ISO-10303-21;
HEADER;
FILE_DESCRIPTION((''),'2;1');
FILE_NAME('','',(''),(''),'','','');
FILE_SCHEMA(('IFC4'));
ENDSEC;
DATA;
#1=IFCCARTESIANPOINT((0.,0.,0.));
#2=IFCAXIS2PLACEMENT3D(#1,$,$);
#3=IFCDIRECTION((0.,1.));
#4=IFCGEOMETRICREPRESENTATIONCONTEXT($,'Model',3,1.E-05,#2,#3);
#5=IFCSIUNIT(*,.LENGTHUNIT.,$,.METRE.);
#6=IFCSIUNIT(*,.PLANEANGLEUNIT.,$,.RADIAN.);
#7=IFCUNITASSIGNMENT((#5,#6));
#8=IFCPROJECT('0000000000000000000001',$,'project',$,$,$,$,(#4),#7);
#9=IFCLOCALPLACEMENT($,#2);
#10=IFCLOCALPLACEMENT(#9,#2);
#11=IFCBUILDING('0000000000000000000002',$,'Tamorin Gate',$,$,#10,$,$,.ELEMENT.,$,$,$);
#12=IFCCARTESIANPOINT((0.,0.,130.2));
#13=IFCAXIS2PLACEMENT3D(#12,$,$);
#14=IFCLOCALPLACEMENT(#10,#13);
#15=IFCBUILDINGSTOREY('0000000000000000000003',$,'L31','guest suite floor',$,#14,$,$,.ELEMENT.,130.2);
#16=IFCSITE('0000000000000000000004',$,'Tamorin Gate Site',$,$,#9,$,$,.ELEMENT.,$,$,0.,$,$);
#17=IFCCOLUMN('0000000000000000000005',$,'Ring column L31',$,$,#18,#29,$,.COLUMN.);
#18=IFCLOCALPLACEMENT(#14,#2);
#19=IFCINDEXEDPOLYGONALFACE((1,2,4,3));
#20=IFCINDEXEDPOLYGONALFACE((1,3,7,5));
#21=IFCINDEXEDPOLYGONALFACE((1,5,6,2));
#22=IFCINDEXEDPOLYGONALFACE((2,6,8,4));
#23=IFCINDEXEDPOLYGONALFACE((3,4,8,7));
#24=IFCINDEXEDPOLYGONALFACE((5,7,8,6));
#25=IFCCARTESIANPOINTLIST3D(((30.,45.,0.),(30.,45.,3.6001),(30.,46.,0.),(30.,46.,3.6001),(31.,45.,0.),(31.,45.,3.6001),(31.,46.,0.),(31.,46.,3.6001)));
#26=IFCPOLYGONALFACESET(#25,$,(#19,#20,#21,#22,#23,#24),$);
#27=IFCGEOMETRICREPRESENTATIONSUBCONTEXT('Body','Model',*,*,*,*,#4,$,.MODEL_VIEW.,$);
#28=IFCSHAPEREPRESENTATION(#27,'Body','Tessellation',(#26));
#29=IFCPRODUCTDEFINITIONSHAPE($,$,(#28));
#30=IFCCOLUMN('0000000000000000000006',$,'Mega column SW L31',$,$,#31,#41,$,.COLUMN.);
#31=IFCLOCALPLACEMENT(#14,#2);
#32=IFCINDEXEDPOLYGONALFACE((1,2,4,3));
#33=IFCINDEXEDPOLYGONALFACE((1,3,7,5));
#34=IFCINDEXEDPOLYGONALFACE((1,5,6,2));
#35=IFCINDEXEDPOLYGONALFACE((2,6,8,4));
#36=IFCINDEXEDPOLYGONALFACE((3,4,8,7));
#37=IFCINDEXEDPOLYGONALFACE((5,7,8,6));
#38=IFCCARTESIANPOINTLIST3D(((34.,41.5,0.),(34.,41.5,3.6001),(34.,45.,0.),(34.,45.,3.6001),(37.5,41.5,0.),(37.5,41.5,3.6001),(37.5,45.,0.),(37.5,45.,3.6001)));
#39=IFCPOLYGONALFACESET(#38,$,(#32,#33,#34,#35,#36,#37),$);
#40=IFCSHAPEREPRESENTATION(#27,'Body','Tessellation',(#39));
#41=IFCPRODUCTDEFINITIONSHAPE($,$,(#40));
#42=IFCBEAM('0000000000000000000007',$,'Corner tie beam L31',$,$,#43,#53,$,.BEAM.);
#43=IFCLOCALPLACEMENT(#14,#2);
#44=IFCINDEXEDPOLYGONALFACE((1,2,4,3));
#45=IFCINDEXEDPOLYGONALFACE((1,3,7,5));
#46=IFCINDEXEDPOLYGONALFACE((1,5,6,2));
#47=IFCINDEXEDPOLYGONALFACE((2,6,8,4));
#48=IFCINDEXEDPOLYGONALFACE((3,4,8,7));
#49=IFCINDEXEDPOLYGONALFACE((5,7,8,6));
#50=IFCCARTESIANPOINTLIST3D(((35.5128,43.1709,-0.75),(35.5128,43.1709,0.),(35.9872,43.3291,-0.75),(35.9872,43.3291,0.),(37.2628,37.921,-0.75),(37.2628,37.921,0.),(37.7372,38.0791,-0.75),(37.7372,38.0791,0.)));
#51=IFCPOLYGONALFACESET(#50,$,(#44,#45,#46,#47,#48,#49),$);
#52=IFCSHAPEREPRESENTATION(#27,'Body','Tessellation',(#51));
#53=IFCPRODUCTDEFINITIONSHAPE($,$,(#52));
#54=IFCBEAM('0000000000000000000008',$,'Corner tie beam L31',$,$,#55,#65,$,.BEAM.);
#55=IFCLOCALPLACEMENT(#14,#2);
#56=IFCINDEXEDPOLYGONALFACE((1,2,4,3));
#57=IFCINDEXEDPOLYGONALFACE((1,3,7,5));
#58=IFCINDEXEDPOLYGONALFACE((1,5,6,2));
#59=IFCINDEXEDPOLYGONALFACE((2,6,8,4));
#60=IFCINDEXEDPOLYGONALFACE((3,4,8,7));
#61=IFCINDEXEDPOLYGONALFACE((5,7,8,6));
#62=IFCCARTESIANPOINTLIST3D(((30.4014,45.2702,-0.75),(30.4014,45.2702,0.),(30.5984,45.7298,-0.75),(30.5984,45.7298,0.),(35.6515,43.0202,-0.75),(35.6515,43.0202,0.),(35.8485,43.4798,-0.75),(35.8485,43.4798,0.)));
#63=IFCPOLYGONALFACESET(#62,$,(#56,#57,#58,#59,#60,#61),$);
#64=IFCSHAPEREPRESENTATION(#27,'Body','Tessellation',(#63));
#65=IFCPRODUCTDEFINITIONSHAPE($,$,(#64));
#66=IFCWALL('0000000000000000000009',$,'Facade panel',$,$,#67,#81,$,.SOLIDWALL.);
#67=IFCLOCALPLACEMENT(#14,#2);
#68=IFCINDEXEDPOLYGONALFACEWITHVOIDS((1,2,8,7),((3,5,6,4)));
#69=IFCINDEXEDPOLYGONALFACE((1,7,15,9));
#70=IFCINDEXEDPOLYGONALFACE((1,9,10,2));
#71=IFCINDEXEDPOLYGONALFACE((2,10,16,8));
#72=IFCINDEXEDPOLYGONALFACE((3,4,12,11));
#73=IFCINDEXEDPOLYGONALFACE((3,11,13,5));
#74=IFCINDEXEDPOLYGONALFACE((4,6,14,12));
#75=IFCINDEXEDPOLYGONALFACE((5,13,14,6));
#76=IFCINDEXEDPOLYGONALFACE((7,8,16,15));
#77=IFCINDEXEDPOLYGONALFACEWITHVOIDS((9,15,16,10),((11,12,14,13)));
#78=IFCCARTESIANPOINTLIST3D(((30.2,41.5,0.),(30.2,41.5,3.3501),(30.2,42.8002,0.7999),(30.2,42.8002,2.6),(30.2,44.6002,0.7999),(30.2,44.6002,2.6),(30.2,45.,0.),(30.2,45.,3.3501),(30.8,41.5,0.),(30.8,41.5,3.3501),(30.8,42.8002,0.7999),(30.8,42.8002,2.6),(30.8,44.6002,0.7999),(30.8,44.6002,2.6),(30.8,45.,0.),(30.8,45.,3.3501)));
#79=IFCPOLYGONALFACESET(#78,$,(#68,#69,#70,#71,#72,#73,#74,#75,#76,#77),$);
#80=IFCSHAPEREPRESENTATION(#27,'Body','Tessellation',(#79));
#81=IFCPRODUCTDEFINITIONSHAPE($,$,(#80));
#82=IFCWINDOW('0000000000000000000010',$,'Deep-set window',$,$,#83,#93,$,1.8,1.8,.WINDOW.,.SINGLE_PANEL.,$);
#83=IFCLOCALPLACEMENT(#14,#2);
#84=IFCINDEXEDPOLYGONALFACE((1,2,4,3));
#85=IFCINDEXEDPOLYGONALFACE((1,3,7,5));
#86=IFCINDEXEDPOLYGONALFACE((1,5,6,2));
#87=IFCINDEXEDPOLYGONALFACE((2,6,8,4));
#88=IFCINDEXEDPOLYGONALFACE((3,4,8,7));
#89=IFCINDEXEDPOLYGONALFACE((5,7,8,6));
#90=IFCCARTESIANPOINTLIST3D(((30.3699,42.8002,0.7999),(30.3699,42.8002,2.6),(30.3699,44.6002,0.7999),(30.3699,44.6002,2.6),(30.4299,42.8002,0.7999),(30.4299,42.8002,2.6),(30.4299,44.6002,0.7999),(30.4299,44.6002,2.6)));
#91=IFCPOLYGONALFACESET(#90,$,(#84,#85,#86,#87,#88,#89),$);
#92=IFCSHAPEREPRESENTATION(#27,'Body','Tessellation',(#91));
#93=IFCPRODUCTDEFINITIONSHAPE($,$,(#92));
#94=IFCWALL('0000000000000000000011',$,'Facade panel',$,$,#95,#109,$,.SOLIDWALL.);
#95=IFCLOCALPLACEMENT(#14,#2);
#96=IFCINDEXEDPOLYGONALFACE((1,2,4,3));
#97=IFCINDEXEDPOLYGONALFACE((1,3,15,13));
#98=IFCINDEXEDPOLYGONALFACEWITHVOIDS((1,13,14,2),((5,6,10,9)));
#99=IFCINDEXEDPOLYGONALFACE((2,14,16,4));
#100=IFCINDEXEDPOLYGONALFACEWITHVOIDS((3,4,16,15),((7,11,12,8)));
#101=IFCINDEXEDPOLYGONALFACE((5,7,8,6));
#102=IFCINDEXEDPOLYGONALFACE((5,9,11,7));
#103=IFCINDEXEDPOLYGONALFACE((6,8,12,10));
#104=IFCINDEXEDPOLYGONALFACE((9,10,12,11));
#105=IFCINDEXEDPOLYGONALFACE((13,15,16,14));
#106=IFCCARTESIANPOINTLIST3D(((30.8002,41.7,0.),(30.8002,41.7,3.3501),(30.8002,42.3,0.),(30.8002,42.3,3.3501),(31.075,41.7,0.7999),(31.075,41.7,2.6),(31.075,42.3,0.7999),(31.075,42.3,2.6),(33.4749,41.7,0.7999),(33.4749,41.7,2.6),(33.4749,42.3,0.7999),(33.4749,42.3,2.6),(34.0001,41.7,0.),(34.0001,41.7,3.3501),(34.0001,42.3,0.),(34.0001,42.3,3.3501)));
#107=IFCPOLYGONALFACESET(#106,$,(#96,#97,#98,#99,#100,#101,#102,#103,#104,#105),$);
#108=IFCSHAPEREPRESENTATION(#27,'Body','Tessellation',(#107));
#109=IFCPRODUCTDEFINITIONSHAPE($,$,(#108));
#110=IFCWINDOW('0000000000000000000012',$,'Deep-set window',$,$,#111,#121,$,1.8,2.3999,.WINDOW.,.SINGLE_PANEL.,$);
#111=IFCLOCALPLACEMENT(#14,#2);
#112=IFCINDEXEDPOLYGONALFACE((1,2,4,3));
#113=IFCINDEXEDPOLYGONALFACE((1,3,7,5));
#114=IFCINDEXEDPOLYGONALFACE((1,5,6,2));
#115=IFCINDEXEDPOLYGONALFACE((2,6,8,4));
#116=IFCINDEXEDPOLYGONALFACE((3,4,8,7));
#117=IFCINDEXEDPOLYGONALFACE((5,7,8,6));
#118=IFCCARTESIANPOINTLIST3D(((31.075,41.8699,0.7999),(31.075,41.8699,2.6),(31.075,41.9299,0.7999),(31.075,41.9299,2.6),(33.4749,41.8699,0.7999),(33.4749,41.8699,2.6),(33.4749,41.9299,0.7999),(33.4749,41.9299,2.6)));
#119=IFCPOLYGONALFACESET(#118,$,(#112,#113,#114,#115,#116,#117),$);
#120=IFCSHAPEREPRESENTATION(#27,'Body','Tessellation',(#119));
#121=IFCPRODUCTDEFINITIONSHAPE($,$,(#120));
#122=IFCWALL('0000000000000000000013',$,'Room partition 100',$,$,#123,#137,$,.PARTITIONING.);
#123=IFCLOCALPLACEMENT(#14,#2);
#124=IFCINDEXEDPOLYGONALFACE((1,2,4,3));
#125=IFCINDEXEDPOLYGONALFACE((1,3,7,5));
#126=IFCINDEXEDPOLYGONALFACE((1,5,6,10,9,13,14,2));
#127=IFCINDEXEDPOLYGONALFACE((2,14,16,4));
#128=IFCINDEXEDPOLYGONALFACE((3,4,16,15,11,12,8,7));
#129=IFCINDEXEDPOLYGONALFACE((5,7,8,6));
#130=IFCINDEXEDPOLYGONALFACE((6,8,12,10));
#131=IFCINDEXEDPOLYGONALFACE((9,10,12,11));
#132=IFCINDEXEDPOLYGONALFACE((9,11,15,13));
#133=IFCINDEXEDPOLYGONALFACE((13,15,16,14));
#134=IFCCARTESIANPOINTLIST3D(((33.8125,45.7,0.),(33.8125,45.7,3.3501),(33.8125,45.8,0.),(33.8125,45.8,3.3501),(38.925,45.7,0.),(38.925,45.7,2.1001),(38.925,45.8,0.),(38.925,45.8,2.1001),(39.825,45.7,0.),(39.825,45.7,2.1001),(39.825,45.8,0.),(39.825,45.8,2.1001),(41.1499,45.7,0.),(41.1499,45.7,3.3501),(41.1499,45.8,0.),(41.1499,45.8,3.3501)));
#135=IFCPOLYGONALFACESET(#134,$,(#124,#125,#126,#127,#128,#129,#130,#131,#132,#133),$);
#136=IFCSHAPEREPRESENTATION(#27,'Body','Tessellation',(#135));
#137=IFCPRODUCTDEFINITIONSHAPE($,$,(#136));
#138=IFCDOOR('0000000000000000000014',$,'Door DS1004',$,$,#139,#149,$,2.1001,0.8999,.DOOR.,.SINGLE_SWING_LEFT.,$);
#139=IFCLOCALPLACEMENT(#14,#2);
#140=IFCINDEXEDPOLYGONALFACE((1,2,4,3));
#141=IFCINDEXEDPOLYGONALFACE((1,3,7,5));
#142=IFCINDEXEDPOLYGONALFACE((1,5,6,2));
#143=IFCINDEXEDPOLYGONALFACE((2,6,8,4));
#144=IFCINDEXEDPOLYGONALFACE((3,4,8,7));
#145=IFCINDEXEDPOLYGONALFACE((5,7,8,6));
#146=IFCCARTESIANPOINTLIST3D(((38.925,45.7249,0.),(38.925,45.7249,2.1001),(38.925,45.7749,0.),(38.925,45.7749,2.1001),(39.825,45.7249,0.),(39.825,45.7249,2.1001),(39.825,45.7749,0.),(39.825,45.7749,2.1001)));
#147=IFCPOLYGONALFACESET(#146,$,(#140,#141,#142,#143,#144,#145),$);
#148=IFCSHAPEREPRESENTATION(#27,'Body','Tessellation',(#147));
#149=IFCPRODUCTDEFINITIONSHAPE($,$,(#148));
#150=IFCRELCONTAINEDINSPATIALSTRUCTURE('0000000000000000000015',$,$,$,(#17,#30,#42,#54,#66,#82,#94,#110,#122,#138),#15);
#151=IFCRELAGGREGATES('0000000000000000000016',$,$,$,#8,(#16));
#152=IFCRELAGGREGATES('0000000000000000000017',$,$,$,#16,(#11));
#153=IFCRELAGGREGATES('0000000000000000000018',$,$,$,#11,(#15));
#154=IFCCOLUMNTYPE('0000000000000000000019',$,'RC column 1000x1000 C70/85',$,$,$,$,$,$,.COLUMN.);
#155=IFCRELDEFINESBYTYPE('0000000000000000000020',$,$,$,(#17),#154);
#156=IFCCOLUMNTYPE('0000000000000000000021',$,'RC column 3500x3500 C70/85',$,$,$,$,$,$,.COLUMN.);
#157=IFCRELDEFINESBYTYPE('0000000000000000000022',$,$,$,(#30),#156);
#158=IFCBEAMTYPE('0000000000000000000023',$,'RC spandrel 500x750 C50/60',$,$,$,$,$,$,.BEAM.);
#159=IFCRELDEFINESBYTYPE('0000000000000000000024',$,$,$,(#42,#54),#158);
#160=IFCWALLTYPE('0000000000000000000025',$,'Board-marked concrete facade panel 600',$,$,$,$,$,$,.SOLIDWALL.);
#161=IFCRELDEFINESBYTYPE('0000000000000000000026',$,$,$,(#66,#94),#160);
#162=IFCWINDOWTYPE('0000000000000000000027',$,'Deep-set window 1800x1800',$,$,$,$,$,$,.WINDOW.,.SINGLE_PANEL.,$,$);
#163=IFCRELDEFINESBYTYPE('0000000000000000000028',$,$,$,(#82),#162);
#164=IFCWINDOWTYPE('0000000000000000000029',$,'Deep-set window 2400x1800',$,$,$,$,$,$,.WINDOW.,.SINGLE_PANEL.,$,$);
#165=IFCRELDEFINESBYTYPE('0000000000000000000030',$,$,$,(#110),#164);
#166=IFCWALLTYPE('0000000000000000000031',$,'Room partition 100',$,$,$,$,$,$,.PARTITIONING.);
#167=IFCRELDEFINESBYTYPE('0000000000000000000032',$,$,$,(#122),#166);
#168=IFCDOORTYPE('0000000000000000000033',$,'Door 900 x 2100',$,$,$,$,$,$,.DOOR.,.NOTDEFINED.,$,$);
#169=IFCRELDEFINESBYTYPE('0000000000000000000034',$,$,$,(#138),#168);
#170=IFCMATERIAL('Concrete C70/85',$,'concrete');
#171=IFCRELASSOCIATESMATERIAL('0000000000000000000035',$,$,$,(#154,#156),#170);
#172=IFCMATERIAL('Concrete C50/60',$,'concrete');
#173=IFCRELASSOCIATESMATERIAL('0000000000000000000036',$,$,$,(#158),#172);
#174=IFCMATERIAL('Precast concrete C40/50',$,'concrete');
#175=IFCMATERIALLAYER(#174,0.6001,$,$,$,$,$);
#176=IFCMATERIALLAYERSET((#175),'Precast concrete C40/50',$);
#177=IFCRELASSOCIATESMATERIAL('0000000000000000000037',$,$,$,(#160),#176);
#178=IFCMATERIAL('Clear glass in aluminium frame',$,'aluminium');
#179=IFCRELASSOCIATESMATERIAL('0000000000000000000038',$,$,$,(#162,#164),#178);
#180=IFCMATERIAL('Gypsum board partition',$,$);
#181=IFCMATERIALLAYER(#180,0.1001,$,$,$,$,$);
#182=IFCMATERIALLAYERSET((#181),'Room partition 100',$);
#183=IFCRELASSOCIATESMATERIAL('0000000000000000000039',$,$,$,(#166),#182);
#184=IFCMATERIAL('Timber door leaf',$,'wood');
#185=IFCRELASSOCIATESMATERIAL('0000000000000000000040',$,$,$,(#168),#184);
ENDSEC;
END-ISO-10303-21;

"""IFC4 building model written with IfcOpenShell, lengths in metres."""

from ifc_helpers import new_model, si_unit, direction, frame, frame_2d, origin, origin_2d, place, context, subcontext, project, spatial, rectangle, extrude, material, layer, layer_set, material_profile, profile_set, type_object, element, fill, save


model = new_model("IFC4")

# Units and contexts
model_context = context("Model", 3, precision=1e-05, world=origin(), true_north=direction((0.0, 1.0)))
body_context = subcontext(model_context, "Body", "Model", "MODEL_VIEW")
ifc_project = project(units=[si_unit("LENGTHUNIT", "METRE"), si_unit("PLANEANGLEUNIT", "RADIAN")], contexts=[model_context])

# Site, building, storey
site_placement = place(None, origin())
site = spatial("IfcSite", under=ifc_project, at=site_placement, Name="Tamorin Gate Site", CompositionType="ELEMENT", RefElevation=0.0)
building_placement = place(site_placement, origin())
building = spatial("IfcBuilding", under=site, at=building_placement, Name="Tamorin Gate", CompositionType="ELEMENT")
storey_placement = place(building_placement, frame((0.0, 0.0, 130.2)))
storey = spatial("IfcBuildingStorey", under=building, at=storey_placement, Name="L31", Description="guest suite floor", CompositionType="ELEMENT", Elevation=130.2)

# Columns
ifc_material_1 = material(Name="Concrete C70/85", Category="concrete")
ifc_material_profile_1 = material_profile(ifc_material_1, rectangle(XDim=1.0, YDim=1.0, at=origin_2d()), Name="RC 1000x1000")
ifc_profile_set_1 = profile_set([ifc_material_profile_1], Name="Concrete C70/85")
column_type_1 = type_object("IfcColumnType", Name="RC column 1000x1000 C70/85", PredefinedType="COLUMN", material=ifc_profile_set_1)
column_1_placement = place(storey_placement, frame((30.5, 45.5, 0.0), z_axis=(0.0, 0.0, 1.0), x_axis=(1.0, 0.0, 0.0)))
element("IfcColumn", 1, at=column_1_placement, inside=storey, type_object=column_type_1, Name="Ring column L31", PredefinedType="COLUMN", context=body_context, shape_type="SweptSolid", body=[
    extrude(rectangle(XDim=1.0, YDim=1.0, at=origin_2d()), origin(), (0.0, 0.0, 1.0), 3.6001),
])
ifc_material_profile_2 = material_profile(ifc_material_1, rectangle(XDim=3.5, YDim=3.5, at=origin_2d()), Name="RC 3500x3500")
ifc_profile_set_2 = profile_set([ifc_material_profile_2], Name="Concrete C70/85")
column_type_2 = type_object("IfcColumnType", Name="RC column 3500x3500 C70/85", PredefinedType="COLUMN", material=ifc_profile_set_2)
column_2_placement = place(storey_placement, frame((35.75, 43.25, 0.0), z_axis=(0.0, 0.0, 1.0), x_axis=(1.0, 0.0, 0.0)))
element("IfcColumn", 2, at=column_2_placement, inside=storey, type_object=column_type_2, Name="Mega column SW L31", PredefinedType="COLUMN", context=body_context, shape_type="SweptSolid", body=[
    extrude(rectangle(XDim=3.5, YDim=3.5, at=origin_2d()), origin(), (0.0, 0.0, 1.0), 3.6001),
])

# Beams
ifc_material_2 = material(Name="Concrete C50/60", Category="concrete")
ifc_material_profile_3 = material_profile(ifc_material_2, rectangle(XDim=0.5, YDim=0.75, at=origin_2d()), Name="RC 500x750")
ifc_profile_set_3 = profile_set([ifc_material_profile_3], Name="Concrete C50/60")
beam_type = type_object("IfcBeamType", Name="RC spandrel 500x750 C50/60", PredefinedType="BEAM", material=ifc_profile_set_3)
beam_1_placement = place(storey_placement, frame((35.75, 43.25, -0.375), z_axis=(0.316228, -0.948683, 0.0), x_axis=(0.948683, 0.316228, 0.0)))
element("IfcBeam", 3, at=beam_1_placement, inside=storey, type_object=beam_type, Name="Corner tie beam L31", PredefinedType="BEAM", context=body_context, shape_type="SweptSolid", body=[
    extrude(rectangle(XDim=0.5, YDim=0.75, at=origin_2d()), origin(), (0.0, 0.0, 1.0), 5.5339),
])
beam_2_placement = place(storey_placement, frame((35.75, 43.25, -0.375), z_axis=(-0.919145, 0.393919, 0.0), x_axis=(-0.393919, -0.919145, 0.0)))
element("IfcBeam", 4, at=beam_2_placement, inside=storey, type_object=beam_type, Name="Corner tie beam L31", PredefinedType="BEAM", context=body_context, shape_type="SweptSolid", body=[
    extrude(rectangle(XDim=0.5, YDim=0.75, at=origin_2d()), origin(), (0.0, 0.0, 1.0), 5.7119),
])

# Walls, openings, windows
ifc_material_3 = material(Name="Precast concrete C40/50", Category="concrete")
ifc_layer_1 = layer(ifc_material_3, 0.6001)
ifc_layer_set_1 = layer_set([ifc_layer_1], Name="Precast concrete C40/50")
wall_type_1 = type_object("IfcWallType", Name="Board-marked concrete facade panel 600", PredefinedType="SOLIDWALL", material=ifc_layer_set_1)
wall_1_placement = place(storey_placement, frame((30.5, 45.0, 0.0), z_axis=(0.0, 0.0, 1.0), x_axis=(0.0, -1.0, 0.0)))
wall_1 = element("IfcWall", 5, at=wall_1_placement, inside=storey, type_object=wall_type_1, Name="Facade panel", PredefinedType="SOLIDWALL", context=body_context, shape_type="SweptSolid", body=[
    extrude(rectangle(XDim=3.5, YDim=0.6001, at=frame_2d((1.75, 0.0))), origin(), (0.0, 0.0, 1.0), 3.3501),
])
opening_1_placement = place(wall_1_placement, frame((0.3999, 0.0, 0.8)))
opening_1 = element("IfcOpeningElement", 6, at=opening_1_placement, cuts=wall_1, PredefinedType="OPENING", context=body_context, shape_type="SweptSolid", body=[
    extrude(rectangle(XDim=1.8, YDim=1.8, at=frame_2d((0.8999, 0.8999))), frame((0.0, 0.3101, 0.0), z_axis=(0.0, -1.0, 0.0), x_axis=(1.0, 0.0, 0.0)), (0.0, 0.0, 1.0), 0.6201),
])
ifc_material_4 = material(Name="Clear glass in aluminium frame", Category="aluminium")
window_type_1 = type_object("IfcWindowType", Name="Deep-set window 1800x1800", PartitioningType="SINGLE_PANEL", PredefinedType="WINDOW", material=ifc_material_4)
window_1_placement = place(opening_1_placement, origin())
window_1 = element("IfcWindow", 7, at=window_1_placement, inside=storey, type_object=window_type_1, Name="Deep-set window", OverallHeight=1.8, OverallWidth=1.8, PartitioningType="SINGLE_PANEL", PredefinedType="WINDOW", context=body_context, shape_type="SweptSolid", body=[
    extrude(rectangle(XDim=1.8, YDim=1.8, at=frame_2d((0.8999, 0.8999))), frame((0.0, -0.0701, 0.0), z_axis=(0.0, -1.0, 0.0), x_axis=(1.0, 0.0, 0.0)), (0.0, 0.0, 1.0), 0.0601),
])
fill(opening_1, window_1)
wall_2_placement = place(storey_placement, frame((30.8, 42.0, 0.0), z_axis=(0.0, 0.0, 1.0), x_axis=(1.0, 0.0, 0.0)))
wall_2 = element("IfcWall", 8, at=wall_2_placement, inside=storey, type_object=wall_type_1, Name="Facade panel", PredefinedType="SOLIDWALL", context=body_context, shape_type="SweptSolid", body=[
    extrude(rectangle(XDim=3.2, YDim=0.6001, at=frame_2d((1.6001, 0.0))), origin(), (0.0, 0.0, 1.0), 3.3501),
])
opening_2_placement = place(wall_2_placement, frame((0.2749, 0.0, 0.8)))
opening_2 = element("IfcOpeningElement", 9, at=opening_2_placement, cuts=wall_2, PredefinedType="OPENING", context=body_context, shape_type="SweptSolid", body=[
    extrude(rectangle(XDim=2.3999, YDim=1.8, at=frame_2d((1.2, 0.8999))), frame((0.0, 0.3101, 0.0), z_axis=(0.0, -1.0, 0.0), x_axis=(1.0, 0.0, 0.0)), (0.0, 0.0, 1.0), 0.6201),
])
window_type_2 = type_object("IfcWindowType", Name="Deep-set window 2400x1800", PartitioningType="SINGLE_PANEL", PredefinedType="WINDOW", material=ifc_material_4)
window_2_placement = place(opening_2_placement, origin())
window_2 = element("IfcWindow", 10, at=window_2_placement, inside=storey, type_object=window_type_2, Name="Deep-set window", OverallHeight=1.8, OverallWidth=2.3999, PartitioningType="SINGLE_PANEL", PredefinedType="WINDOW", context=body_context, shape_type="SweptSolid", body=[
    extrude(rectangle(XDim=2.3999, YDim=1.8, at=frame_2d((1.2, 0.8999))), frame((0.0, -0.0701, 0.0), z_axis=(0.0, -1.0, 0.0), x_axis=(1.0, 0.0, 0.0)), (0.0, 0.0, 1.0), 0.0601),
])
fill(opening_2, window_2)

# Wall, opening, door
ifc_material_5 = material(Name="Gypsum board partition")
ifc_layer_2 = layer(ifc_material_5, 0.1001)
ifc_layer_set_2 = layer_set([ifc_layer_2], Name="Room partition 100")
wall_type_2 = type_object("IfcWallType", Name="Room partition 100", PredefinedType="PARTITIONING", material=ifc_layer_set_2)
wall_3_placement = place(storey_placement, frame((33.8125, 45.75, 0.0), z_axis=(0.0, 0.0, 1.0), x_axis=(1.0, 0.0, 0.0)))
wall_3 = element("IfcWall", 11, at=wall_3_placement, inside=storey, type_object=wall_type_2, Name="Room partition 100", PredefinedType="PARTITIONING", context=body_context, shape_type="SweptSolid", body=[
    extrude(rectangle(XDim=7.3374, YDim=0.1001, at=frame_2d((3.6687, 0.0))), origin(), (0.0, 0.0, 1.0), 3.3501),
])
opening_3_placement = place(wall_3_placement, frame((5.1125, 0.0, 0.0)))
opening_3 = element("IfcOpeningElement", 12, at=opening_3_placement, cuts=wall_3, PredefinedType="OPENING", context=body_context, shape_type="SweptSolid", body=[
    extrude(rectangle(XDim=0.8999, YDim=2.1001, at=frame_2d((0.45, 1.05))), frame((0.0, 0.0601, 0.0), z_axis=(0.0, -1.0, 0.0), x_axis=(1.0, 0.0, 0.0)), (0.0, 0.0, 1.0), 0.1201),
])
ifc_material_6 = material(Name="Timber door leaf", Category="wood")
door_type = type_object("IfcDoorType", Name="Door 900 x 2100", OperationType="NOTDEFINED", PredefinedType="DOOR", material=ifc_material_6)
door_1_placement = place(opening_3_placement, origin())
door_1 = element("IfcDoor", 13, at=door_1_placement, inside=storey, type_object=door_type, Name="Door DS1004", OperationType="SINGLE_SWING_LEFT", OverallHeight=2.1001, OverallWidth=0.8999, PredefinedType="DOOR", context=body_context, shape_type="SweptSolid", body=[
    extrude(rectangle(XDim=0.8999, YDim=2.1001, at=frame_2d((0.45, 1.05))), frame((0.0, 0.0249, 0.0), z_axis=(0.0, -1.0, 0.0), x_axis=(1.0, 0.0, 0.0)), (0.0, 0.0, 1.0), 0.05),
])
fill(opening_3, door_1)

save(model, "model.ifc")
